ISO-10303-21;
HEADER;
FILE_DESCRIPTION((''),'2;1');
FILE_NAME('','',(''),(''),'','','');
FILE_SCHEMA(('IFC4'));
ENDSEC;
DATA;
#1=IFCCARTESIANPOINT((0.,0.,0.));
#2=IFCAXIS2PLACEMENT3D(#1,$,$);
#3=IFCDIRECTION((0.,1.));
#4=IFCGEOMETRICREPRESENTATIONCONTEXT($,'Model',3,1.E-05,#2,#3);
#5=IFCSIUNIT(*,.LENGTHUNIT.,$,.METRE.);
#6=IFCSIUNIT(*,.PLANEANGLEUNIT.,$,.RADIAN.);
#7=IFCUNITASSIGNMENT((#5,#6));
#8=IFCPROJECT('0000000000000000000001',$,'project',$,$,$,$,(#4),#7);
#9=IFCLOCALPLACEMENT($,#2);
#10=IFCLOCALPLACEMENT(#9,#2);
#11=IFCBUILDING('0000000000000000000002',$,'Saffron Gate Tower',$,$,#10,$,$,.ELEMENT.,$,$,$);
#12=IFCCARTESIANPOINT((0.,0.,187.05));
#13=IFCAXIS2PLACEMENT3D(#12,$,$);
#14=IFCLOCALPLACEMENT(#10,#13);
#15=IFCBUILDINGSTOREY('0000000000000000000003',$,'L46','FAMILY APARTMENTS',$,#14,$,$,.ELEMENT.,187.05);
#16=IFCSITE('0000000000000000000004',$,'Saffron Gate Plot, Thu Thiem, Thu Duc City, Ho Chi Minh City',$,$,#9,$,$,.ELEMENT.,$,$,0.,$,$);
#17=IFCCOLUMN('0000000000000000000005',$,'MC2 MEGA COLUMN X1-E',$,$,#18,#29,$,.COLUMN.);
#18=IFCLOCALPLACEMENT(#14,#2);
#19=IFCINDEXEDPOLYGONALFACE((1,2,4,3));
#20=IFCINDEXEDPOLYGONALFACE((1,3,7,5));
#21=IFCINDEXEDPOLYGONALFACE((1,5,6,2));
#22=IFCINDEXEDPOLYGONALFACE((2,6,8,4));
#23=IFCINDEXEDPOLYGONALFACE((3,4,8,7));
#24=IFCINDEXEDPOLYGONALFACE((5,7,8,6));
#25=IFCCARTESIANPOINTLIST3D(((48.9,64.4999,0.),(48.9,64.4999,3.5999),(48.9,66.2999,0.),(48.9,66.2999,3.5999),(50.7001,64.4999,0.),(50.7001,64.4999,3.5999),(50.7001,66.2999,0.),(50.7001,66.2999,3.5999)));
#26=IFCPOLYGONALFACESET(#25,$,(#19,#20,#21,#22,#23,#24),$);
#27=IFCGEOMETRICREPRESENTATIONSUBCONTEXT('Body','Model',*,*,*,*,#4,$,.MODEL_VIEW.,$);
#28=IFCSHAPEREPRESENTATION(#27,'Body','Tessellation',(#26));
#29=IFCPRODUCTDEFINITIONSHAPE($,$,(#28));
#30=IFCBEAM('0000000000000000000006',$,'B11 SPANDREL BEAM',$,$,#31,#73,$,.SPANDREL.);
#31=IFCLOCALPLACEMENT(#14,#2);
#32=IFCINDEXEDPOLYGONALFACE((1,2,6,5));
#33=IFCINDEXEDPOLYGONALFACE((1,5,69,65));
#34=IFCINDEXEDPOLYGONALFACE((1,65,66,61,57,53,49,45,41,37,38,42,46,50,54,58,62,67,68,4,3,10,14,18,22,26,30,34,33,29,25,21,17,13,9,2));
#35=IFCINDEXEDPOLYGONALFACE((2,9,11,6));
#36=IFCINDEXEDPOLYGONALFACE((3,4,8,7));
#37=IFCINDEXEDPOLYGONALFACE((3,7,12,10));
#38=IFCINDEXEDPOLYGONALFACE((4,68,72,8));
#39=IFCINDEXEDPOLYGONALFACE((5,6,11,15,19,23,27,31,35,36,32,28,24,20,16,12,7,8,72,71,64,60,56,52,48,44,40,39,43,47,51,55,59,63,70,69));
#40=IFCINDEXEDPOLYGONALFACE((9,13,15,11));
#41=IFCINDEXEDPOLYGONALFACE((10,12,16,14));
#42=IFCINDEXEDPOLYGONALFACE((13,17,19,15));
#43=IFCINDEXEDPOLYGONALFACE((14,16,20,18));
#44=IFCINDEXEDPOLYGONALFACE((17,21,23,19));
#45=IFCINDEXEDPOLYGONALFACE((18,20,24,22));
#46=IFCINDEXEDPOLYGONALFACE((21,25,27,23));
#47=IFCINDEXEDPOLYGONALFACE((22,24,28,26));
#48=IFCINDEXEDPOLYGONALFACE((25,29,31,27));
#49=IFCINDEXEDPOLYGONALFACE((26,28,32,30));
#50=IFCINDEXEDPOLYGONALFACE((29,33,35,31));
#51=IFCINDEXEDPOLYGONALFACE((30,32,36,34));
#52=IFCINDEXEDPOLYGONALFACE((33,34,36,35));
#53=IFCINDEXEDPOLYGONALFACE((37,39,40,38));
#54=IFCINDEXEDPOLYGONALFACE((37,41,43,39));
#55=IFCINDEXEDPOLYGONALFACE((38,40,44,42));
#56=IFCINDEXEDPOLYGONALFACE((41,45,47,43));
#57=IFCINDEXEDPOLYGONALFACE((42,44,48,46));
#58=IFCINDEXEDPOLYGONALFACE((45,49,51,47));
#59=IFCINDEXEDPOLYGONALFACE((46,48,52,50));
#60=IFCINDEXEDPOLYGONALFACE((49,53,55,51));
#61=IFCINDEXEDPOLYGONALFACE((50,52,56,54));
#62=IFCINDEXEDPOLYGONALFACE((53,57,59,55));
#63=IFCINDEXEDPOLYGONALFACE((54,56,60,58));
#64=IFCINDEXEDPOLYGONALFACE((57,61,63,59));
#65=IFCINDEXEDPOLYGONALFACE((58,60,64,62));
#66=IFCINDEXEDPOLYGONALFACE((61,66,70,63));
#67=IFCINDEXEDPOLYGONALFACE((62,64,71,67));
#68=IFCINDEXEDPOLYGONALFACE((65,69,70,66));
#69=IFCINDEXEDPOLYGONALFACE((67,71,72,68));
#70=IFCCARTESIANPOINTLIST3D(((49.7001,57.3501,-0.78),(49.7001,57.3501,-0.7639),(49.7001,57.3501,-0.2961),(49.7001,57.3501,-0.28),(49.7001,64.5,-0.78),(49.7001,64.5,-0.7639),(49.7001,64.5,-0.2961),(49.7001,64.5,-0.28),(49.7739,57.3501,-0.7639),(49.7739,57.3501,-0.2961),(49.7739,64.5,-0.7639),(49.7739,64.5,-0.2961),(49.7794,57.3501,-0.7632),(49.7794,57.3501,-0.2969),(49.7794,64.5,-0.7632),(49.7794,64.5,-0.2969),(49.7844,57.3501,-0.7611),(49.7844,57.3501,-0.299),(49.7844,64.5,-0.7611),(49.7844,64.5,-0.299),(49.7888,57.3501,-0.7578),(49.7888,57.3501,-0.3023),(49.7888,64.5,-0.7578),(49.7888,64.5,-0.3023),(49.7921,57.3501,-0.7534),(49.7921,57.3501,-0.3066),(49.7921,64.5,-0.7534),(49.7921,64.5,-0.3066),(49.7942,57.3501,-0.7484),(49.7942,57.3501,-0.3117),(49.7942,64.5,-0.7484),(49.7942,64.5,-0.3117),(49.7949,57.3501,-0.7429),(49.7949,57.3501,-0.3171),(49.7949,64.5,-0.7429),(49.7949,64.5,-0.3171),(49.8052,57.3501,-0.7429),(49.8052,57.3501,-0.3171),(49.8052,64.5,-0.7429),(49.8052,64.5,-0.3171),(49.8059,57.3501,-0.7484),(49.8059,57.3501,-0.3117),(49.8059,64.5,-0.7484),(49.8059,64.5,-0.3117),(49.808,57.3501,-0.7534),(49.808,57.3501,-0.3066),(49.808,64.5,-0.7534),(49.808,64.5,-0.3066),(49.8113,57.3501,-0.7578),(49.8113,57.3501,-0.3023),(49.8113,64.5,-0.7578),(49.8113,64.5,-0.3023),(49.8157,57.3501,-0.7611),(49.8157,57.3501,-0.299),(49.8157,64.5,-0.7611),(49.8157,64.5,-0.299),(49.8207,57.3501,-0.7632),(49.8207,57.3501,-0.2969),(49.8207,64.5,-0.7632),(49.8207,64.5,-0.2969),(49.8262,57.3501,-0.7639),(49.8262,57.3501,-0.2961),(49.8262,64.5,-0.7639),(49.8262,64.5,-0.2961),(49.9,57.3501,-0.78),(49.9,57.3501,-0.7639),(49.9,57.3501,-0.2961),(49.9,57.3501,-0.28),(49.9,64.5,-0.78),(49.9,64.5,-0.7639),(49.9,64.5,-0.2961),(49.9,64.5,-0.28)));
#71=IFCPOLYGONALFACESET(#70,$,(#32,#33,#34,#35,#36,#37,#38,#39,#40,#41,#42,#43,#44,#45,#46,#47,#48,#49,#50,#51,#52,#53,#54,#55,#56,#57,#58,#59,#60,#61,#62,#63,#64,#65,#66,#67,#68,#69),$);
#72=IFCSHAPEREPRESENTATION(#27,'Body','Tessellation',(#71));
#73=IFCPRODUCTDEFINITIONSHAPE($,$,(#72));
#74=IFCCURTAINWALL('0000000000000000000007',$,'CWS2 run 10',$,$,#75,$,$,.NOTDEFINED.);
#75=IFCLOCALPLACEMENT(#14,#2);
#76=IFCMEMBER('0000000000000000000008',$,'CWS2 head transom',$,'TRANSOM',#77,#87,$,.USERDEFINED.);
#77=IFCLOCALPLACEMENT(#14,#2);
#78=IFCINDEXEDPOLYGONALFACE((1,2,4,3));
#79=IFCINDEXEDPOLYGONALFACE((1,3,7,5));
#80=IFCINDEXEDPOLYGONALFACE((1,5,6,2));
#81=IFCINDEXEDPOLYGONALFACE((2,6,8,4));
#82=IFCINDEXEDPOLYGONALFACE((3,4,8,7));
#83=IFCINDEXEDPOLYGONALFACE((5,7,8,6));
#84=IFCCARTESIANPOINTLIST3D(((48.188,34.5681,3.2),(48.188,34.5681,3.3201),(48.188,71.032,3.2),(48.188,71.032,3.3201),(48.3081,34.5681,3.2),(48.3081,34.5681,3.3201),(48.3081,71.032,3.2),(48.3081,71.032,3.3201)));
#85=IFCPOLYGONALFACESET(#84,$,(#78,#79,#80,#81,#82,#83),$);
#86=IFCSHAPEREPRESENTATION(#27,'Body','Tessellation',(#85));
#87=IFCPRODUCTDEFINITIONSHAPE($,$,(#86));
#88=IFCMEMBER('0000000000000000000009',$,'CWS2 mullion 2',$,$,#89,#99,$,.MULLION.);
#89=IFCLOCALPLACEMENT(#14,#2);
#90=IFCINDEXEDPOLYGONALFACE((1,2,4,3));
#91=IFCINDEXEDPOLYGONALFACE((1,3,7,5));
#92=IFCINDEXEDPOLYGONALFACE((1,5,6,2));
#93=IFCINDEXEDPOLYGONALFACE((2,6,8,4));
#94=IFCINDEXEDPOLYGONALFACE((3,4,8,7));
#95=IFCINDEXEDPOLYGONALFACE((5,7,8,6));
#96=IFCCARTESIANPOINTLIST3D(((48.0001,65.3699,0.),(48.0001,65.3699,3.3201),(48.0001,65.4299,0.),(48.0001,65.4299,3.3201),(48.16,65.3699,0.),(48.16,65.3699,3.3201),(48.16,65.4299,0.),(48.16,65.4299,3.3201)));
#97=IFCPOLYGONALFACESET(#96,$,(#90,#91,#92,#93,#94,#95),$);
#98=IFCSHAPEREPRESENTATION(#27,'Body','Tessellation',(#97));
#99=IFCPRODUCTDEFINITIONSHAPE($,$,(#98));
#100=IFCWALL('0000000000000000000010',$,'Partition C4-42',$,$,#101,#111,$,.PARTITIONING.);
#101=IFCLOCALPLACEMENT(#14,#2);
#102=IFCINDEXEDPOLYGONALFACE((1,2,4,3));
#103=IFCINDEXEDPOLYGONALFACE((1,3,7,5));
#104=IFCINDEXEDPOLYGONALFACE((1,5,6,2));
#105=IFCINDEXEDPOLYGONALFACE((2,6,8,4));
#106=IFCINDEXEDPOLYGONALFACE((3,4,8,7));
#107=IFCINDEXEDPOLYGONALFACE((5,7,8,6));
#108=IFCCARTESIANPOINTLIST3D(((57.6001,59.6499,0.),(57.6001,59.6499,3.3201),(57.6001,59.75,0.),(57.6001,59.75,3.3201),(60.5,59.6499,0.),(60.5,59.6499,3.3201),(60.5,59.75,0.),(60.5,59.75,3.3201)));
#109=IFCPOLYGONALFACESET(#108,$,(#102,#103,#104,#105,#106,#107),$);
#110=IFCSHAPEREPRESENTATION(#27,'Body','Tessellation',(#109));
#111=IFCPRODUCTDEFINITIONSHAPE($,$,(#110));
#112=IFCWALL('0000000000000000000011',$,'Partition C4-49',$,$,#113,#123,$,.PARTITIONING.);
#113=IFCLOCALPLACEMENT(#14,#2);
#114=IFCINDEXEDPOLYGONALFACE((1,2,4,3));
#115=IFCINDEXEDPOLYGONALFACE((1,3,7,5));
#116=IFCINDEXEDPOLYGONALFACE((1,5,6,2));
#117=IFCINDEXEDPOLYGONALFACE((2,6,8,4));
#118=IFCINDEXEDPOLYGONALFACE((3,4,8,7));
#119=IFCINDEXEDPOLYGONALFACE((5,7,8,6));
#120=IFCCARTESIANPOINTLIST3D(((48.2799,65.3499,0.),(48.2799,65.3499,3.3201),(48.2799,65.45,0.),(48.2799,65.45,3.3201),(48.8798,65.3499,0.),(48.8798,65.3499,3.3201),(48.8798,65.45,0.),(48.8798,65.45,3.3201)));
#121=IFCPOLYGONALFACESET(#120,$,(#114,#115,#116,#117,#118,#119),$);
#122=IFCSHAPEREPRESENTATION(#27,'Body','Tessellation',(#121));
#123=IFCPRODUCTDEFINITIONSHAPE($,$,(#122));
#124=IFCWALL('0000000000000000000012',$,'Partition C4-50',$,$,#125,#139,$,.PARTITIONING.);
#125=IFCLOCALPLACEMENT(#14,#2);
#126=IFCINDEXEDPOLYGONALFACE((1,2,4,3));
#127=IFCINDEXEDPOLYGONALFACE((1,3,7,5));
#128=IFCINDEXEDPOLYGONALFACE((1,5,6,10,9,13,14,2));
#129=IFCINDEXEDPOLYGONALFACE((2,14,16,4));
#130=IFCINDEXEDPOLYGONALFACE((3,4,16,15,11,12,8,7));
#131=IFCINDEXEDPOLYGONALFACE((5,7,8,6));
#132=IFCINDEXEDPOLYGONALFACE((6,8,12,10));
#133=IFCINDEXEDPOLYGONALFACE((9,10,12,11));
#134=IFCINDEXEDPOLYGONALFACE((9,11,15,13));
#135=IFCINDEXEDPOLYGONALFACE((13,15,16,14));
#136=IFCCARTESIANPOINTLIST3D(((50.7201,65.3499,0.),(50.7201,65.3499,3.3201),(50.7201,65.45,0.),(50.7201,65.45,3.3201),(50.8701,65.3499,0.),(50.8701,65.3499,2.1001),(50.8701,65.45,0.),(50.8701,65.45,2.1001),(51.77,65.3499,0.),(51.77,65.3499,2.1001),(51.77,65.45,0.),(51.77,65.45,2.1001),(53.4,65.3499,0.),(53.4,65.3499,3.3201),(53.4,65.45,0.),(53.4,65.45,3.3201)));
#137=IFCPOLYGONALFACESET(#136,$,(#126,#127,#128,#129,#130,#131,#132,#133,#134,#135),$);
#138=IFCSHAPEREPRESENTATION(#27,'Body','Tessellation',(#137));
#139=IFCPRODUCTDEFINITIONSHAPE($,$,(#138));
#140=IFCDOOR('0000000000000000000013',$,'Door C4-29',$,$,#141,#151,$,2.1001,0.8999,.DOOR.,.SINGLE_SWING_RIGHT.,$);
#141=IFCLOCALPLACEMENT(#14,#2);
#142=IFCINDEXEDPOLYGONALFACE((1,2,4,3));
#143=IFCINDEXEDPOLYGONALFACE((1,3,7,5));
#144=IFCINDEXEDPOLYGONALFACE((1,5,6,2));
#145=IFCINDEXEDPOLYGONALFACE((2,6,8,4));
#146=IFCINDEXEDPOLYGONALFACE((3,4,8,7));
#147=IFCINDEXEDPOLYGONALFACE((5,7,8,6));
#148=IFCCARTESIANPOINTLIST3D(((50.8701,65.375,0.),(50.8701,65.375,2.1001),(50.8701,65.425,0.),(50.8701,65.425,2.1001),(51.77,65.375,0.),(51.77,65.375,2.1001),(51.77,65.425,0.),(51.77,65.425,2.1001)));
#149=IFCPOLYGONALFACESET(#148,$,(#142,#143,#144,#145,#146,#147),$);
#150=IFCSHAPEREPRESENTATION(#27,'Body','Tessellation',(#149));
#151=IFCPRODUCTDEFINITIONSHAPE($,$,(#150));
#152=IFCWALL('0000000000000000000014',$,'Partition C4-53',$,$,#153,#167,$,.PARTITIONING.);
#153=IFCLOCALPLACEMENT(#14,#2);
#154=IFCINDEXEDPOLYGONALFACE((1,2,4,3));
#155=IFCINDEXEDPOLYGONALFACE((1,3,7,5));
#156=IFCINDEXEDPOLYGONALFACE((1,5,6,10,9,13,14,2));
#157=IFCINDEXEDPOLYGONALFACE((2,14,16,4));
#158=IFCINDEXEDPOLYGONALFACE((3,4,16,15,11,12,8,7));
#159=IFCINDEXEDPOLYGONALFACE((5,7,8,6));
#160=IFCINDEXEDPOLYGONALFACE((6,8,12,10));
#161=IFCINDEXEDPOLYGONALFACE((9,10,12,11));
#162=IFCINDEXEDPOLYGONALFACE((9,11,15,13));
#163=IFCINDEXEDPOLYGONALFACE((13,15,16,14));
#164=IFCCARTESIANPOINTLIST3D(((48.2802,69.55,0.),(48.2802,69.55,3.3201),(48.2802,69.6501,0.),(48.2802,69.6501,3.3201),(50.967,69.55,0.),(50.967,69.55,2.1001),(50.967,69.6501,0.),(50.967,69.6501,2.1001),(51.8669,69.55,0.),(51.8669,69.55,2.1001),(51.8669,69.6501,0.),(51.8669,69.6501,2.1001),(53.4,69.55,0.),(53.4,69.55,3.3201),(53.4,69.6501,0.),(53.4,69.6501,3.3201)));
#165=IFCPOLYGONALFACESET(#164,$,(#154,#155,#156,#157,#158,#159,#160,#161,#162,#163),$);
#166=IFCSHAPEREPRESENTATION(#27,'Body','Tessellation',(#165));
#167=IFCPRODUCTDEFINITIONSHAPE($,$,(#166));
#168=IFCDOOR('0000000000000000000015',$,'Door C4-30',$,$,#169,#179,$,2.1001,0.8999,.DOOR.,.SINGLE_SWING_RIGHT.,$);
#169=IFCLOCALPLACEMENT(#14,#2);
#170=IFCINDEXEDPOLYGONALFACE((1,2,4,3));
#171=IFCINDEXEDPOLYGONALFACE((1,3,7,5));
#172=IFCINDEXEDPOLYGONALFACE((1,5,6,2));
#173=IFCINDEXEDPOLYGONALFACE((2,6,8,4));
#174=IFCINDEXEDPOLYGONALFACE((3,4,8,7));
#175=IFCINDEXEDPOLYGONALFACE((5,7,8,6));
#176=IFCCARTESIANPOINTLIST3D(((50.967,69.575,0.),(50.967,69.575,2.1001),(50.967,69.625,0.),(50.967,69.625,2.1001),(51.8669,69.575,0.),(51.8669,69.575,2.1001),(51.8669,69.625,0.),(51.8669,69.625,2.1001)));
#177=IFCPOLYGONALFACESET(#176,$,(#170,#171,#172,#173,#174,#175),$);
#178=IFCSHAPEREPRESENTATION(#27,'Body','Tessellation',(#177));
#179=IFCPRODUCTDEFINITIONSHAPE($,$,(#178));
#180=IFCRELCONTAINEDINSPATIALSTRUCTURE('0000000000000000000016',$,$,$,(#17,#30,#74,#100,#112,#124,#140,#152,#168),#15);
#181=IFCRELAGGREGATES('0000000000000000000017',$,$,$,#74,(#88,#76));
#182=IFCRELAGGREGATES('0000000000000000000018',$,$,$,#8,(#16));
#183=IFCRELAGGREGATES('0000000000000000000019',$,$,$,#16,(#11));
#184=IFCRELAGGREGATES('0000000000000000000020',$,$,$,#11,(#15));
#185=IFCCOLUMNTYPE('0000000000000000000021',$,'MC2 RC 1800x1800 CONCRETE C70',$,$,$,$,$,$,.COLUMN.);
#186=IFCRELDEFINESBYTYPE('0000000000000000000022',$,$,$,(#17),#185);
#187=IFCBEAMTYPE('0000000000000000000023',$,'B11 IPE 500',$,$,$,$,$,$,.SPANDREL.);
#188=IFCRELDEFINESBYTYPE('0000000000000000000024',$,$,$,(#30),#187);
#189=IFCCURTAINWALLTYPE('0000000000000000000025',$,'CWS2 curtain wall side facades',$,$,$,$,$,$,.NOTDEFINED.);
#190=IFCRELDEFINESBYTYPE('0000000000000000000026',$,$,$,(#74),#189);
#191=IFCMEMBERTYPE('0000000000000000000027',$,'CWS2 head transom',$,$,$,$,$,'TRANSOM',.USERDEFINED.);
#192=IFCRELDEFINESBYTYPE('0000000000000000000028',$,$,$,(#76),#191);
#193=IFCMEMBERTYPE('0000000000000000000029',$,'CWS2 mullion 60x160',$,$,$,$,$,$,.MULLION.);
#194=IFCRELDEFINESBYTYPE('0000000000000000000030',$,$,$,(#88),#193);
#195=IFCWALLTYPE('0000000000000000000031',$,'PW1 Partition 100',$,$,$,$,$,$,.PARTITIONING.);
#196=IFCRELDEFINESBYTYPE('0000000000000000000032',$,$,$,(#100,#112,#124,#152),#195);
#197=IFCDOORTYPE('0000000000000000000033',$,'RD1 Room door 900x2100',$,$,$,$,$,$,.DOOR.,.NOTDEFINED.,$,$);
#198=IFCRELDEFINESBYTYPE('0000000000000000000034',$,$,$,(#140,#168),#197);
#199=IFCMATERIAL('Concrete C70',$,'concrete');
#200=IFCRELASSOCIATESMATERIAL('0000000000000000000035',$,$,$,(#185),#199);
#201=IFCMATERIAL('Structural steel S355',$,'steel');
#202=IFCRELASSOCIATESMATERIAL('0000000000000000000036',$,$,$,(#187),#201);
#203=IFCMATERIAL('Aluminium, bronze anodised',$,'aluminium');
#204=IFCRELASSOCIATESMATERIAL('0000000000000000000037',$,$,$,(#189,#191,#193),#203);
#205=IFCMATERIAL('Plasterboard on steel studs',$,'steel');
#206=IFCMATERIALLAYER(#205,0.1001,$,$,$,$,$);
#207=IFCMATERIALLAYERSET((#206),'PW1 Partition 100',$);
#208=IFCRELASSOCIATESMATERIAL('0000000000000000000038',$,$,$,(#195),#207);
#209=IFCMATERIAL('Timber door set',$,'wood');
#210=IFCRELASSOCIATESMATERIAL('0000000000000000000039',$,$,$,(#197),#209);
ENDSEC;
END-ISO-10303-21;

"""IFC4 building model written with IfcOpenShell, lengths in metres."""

from ifc_helpers import new_model, si_unit, direction, frame, frame_2d, origin, origin_2d, place, context, subcontext, project, spatial, rectangle, i_section, extrude, material, layer, layer_set, material_profile, profile_set, type_object, element, fill, aggregate, save


model = new_model("IFC4")

# Units and contexts
model_context = context("Model", 3, precision=1e-05, world=origin(), true_north=direction((0.0, 1.0)))
body_context = subcontext(model_context, "Body", "Model", "MODEL_VIEW")
ifc_project = project(units=[si_unit("LENGTHUNIT", "METRE"), si_unit("PLANEANGLEUNIT", "RADIAN")], contexts=[model_context])

# Site, building, storey
site_placement = place(None, origin())
site = spatial("IfcSite", under=ifc_project, at=site_placement, Name="Saffron Gate Plot, Thu Thiem, Thu Duc City, Ho Chi Minh City", CompositionType="ELEMENT", RefElevation=0.0)
building_placement = place(site_placement, origin())
building = spatial("IfcBuilding", under=site, at=building_placement, Name="Saffron Gate Tower", CompositionType="ELEMENT")
storey_placement = place(building_placement, frame((0.0, 0.0, 187.05)))
storey = spatial("IfcBuildingStorey", under=building, at=storey_placement, Name="L46", Description="FAMILY APARTMENTS", CompositionType="ELEMENT", Elevation=187.05)

# Column
ifc_material_1 = material(Name="Concrete C70", Category="concrete")
ifc_material_profile_1 = material_profile(ifc_material_1, rectangle(XDim=1.8, YDim=1.8, at=origin_2d()))
ifc_profile_set_1 = profile_set([ifc_material_profile_1], Name="Concrete C70")
column_type = type_object("IfcColumnType", Name="MC2 RC 1800x1800 CONCRETE C70", PredefinedType="COLUMN", material=ifc_profile_set_1)
column_placement = place(storey_placement, frame((49.8, 65.3999, 0.0), z_axis=(0.0, 0.0, 1.0), x_axis=(1.0, 0.0, 0.0)))
element("IfcColumn", 1, at=column_placement, inside=storey, type_object=column_type, Name="MC2 MEGA COLUMN X1-E", PredefinedType="COLUMN", context=body_context, shape_type="SweptSolid", body=[
    extrude(rectangle(XDim=1.8, YDim=1.8, at=origin_2d()), origin(), (0.0, 0.0, 1.0), 3.5999),
])

# Beam
ifc_material_2 = material(Name="Structural steel S355", Category="steel")
ifc_material_profile_2 = material_profile(ifc_material_2, i_section(OverallWidth=0.2, OverallDepth=0.5, WebThickness=0.0103, FlangeThickness=0.0161, FilletRadius=0.021, at=origin_2d()))
ifc_profile_set_2 = profile_set([ifc_material_profile_2], Name="Structural steel S355")
beam_type = type_object("IfcBeamType", Name="B11 IPE 500", PredefinedType="SPANDREL", material=ifc_profile_set_2)
beam_placement = place(storey_placement, frame((49.8, 57.3501, -0.53), z_axis=(0.0, 1.0, 0.0), x_axis=(-1.0, 0.0, 0.0)))
element("IfcBeam", 2, at=beam_placement, inside=storey, type_object=beam_type, Name="B11 SPANDREL BEAM", PredefinedType="SPANDREL", context=body_context, shape_type="SweptSolid", body=[
    extrude(i_section(OverallWidth=0.2, OverallDepth=0.5, WebThickness=0.0103, FlangeThickness=0.0161, FilletRadius=0.021, at=origin_2d()), origin(), (0.0, 0.0, 1.0), 7.1499),
])

# Curtain wall, members
ifc_material_3 = material(Name="Aluminium, bronze anodised", Category="aluminium")
curtain_wall_type = type_object("IfcCurtainWallType", Name="CWS2 curtain wall side facades", PredefinedType="NOTDEFINED", material=ifc_material_3)
curtain_wall_placement = place(storey_placement, origin())
curtain_wall = element("IfcCurtainWall", 3, at=curtain_wall_placement, inside=storey, type_object=curtain_wall_type, Name="CWS2 run 10", PredefinedType="NOTDEFINED")
ifc_material_profile_3 = material_profile(ifc_material_3, rectangle(XDim=0.1201, YDim=0.1201, at=origin_2d()))
ifc_profile_set_3 = profile_set([ifc_material_profile_3], Name="Aluminium, bronze anodised")
member_type_1 = type_object("IfcMemberType", Name="CWS2 head transom", ElementType="TRANSOM", PredefinedType="USERDEFINED", material=ifc_profile_set_3)
member_1_placement = place(storey_placement, frame((48.248, 71.032, 3.26), z_axis=(0.0, -1.0, 0.0), x_axis=(1.0, 0.0, 0.0)))
member_1 = element("IfcMember", 4, at=member_1_placement, type_object=member_type_1, Name="CWS2 head transom", ObjectType="TRANSOM", PredefinedType="USERDEFINED", context=body_context, shape_type="SweptSolid", body=[
    extrude(rectangle(XDim=0.1201, YDim=0.1201, at=origin_2d()), origin(), (0.0, 0.0, 1.0), 36.4639),
])
ifc_material_profile_4 = material_profile(ifc_material_3, rectangle(XDim=0.1599, YDim=0.0601, at=origin_2d()))
ifc_profile_set_4 = profile_set([ifc_material_profile_4], Name="Aluminium, bronze anodised")
member_type_2 = type_object("IfcMemberType", Name="CWS2 mullion 60x160", PredefinedType="MULLION", material=ifc_profile_set_4)
member_2_placement = place(storey_placement, frame((48.0801, 65.3999, 0.0), z_axis=(0.0, 0.0, 1.0), x_axis=(1.0, 0.0, 0.0)))
member_2 = element("IfcMember", 5, at=member_2_placement, type_object=member_type_2, Name="CWS2 mullion 2", PredefinedType="MULLION", context=body_context, shape_type="SweptSolid", body=[
    extrude(rectangle(XDim=0.1599, YDim=0.0601, at=origin_2d()), origin(), (0.0, 0.0, 1.0), 3.3201),
])
aggregate(curtain_wall, [member_2, member_1])

# Walls
ifc_material_4 = material(Name="Plasterboard on steel studs", Category="steel")
ifc_layer_1 = layer(ifc_material_4, 0.1001)
ifc_layer_set_1 = layer_set([ifc_layer_1], Name="PW1 Partition 100")
wall_type_1 = type_object("IfcWallType", Name="PW1 Partition 100", PredefinedType="PARTITIONING", material=ifc_layer_set_1)
wall_1_placement = place(storey_placement, frame((57.6001, 59.7, 0.0), z_axis=(0.0, 0.0, 1.0), x_axis=(1.0, 0.0, 0.0)))
element("IfcWall", 6, at=wall_1_placement, inside=storey, type_object=wall_type_1, Name="Partition C4-42", PredefinedType="PARTITIONING", context=body_context, shape_type="SweptSolid", body=[
    extrude(rectangle(XDim=2.8999, YDim=0.1001, at=frame_2d((1.45, 0.0))), origin(), (0.0, 0.0, 1.0), 3.3201),
])
wall_2_placement = place(storey_placement, frame((48.28, 65.3999, 0.0), z_axis=(0.0, 0.0, 1.0), x_axis=(1.0, 0.0, 0.0)))
element("IfcWall", 7, at=wall_2_placement, inside=storey, type_object=wall_type_1, Name="Partition C4-49", PredefinedType="PARTITIONING", context=body_context, shape_type="SweptSolid", body=[
    extrude(rectangle(XDim=0.5999, YDim=0.1001, at=frame_2d((0.2998, 0.0))), origin(), (0.0, 0.0, 1.0), 3.3201),
])

# Walls, openings, doors
wall_3_placement = place(storey_placement, frame((53.3999, 65.3999, 0.0), z_axis=(0.0, 0.0, 1.0), x_axis=(-1.0, 0.0, 0.0)))
wall_3 = element("IfcWall", 8, at=wall_3_placement, inside=storey, type_object=wall_type_1, Name="Partition C4-50", PredefinedType="PARTITIONING", context=body_context, shape_type="SweptSolid", body=[
    extrude(rectangle(XDim=2.6799, YDim=0.1001, at=frame_2d((1.3398, 0.0))), origin(), (0.0, 0.0, 1.0), 3.3201),
])
opening_1_placement = place(wall_3_placement, frame((1.6299, 0.0, 0.0)))
opening_1 = element("IfcOpeningElement", 9, at=opening_1_placement, cuts=wall_3, PredefinedType="OPENING", context=body_context, shape_type="SweptSolid", body=[
    extrude(rectangle(XDim=0.8999, YDim=2.1001, at=frame_2d((0.45, 1.05))), frame((0.0, 0.0601, 0.0), z_axis=(0.0, -1.0, 0.0), x_axis=(1.0, 0.0, 0.0)), (0.0, 0.0, 1.0), 0.1201),
])
ifc_material_5 = material(Name="Timber door set", Category="wood")
door_type = type_object("IfcDoorType", Name="RD1 Room door 900x2100", OperationType="NOTDEFINED", PredefinedType="DOOR", material=ifc_material_5)
door_1_placement = place(opening_1_placement, origin())
door_1 = element("IfcDoor", 10, at=door_1_placement, inside=storey, type_object=door_type, Name="Door C4-29", OperationType="SINGLE_SWING_RIGHT", OverallHeight=2.1001, OverallWidth=0.8999, PredefinedType="DOOR", context=body_context, shape_type="SweptSolid", body=[
    extrude(rectangle(XDim=0.8999, YDim=2.1001, at=frame_2d((0.45, 1.05))), frame((0.0, 0.0249, 0.0), z_axis=(0.0, -1.0, 0.0), x_axis=(1.0, 0.0, 0.0)), (0.0, 0.0, 1.0), 0.05),
])
fill(opening_1, door_1)
wall_4_placement = place(storey_placement, frame((48.28, 69.6001, 0.0), z_axis=(0.0, 0.0, 1.0), x_axis=(1.0, 0.0, 0.0)))
wall_4 = element("IfcWall", 11, at=wall_4_placement, inside=storey, type_object=wall_type_1, Name="Partition C4-53", PredefinedType="PARTITIONING", context=body_context, shape_type="SweptSolid", body=[
    extrude(rectangle(XDim=5.1199, YDim=0.1001, at=frame_2d((2.5601, 0.0))), origin(), (0.0, 0.0, 1.0), 3.3201),
])
opening_2_placement = place(wall_4_placement, frame((2.687, 0.0, 0.0)))
opening_2 = element("IfcOpeningElement", 12, at=opening_2_placement, cuts=wall_4, PredefinedType="OPENING", context=body_context, shape_type="SweptSolid", body=[
    extrude(rectangle(XDim=0.8999, YDim=2.1001, at=frame_2d((0.45, 1.05))), frame((0.0, 0.0601, 0.0), z_axis=(0.0, -1.0, 0.0), x_axis=(1.0, 0.0, 0.0)), (0.0, 0.0, 1.0), 0.1201),
])
door_2_placement = place(opening_2_placement, origin())
door_2 = element("IfcDoor", 13, at=door_2_placement, inside=storey, type_object=door_type, Name="Door C4-30", OperationType="SINGLE_SWING_RIGHT", OverallHeight=2.1001, OverallWidth=0.8999, PredefinedType="DOOR", context=body_context, shape_type="SweptSolid", body=[
    extrude(rectangle(XDim=0.8999, YDim=2.1001, at=frame_2d((0.45, 1.05))), frame((0.0, 0.0249, 0.0), z_axis=(0.0, -1.0, 0.0), x_axis=(1.0, 0.0, 0.0)), (0.0, 0.0, 1.0), 0.05),
])
fill(opening_2, door_2)

save(model, "model.ifc")
